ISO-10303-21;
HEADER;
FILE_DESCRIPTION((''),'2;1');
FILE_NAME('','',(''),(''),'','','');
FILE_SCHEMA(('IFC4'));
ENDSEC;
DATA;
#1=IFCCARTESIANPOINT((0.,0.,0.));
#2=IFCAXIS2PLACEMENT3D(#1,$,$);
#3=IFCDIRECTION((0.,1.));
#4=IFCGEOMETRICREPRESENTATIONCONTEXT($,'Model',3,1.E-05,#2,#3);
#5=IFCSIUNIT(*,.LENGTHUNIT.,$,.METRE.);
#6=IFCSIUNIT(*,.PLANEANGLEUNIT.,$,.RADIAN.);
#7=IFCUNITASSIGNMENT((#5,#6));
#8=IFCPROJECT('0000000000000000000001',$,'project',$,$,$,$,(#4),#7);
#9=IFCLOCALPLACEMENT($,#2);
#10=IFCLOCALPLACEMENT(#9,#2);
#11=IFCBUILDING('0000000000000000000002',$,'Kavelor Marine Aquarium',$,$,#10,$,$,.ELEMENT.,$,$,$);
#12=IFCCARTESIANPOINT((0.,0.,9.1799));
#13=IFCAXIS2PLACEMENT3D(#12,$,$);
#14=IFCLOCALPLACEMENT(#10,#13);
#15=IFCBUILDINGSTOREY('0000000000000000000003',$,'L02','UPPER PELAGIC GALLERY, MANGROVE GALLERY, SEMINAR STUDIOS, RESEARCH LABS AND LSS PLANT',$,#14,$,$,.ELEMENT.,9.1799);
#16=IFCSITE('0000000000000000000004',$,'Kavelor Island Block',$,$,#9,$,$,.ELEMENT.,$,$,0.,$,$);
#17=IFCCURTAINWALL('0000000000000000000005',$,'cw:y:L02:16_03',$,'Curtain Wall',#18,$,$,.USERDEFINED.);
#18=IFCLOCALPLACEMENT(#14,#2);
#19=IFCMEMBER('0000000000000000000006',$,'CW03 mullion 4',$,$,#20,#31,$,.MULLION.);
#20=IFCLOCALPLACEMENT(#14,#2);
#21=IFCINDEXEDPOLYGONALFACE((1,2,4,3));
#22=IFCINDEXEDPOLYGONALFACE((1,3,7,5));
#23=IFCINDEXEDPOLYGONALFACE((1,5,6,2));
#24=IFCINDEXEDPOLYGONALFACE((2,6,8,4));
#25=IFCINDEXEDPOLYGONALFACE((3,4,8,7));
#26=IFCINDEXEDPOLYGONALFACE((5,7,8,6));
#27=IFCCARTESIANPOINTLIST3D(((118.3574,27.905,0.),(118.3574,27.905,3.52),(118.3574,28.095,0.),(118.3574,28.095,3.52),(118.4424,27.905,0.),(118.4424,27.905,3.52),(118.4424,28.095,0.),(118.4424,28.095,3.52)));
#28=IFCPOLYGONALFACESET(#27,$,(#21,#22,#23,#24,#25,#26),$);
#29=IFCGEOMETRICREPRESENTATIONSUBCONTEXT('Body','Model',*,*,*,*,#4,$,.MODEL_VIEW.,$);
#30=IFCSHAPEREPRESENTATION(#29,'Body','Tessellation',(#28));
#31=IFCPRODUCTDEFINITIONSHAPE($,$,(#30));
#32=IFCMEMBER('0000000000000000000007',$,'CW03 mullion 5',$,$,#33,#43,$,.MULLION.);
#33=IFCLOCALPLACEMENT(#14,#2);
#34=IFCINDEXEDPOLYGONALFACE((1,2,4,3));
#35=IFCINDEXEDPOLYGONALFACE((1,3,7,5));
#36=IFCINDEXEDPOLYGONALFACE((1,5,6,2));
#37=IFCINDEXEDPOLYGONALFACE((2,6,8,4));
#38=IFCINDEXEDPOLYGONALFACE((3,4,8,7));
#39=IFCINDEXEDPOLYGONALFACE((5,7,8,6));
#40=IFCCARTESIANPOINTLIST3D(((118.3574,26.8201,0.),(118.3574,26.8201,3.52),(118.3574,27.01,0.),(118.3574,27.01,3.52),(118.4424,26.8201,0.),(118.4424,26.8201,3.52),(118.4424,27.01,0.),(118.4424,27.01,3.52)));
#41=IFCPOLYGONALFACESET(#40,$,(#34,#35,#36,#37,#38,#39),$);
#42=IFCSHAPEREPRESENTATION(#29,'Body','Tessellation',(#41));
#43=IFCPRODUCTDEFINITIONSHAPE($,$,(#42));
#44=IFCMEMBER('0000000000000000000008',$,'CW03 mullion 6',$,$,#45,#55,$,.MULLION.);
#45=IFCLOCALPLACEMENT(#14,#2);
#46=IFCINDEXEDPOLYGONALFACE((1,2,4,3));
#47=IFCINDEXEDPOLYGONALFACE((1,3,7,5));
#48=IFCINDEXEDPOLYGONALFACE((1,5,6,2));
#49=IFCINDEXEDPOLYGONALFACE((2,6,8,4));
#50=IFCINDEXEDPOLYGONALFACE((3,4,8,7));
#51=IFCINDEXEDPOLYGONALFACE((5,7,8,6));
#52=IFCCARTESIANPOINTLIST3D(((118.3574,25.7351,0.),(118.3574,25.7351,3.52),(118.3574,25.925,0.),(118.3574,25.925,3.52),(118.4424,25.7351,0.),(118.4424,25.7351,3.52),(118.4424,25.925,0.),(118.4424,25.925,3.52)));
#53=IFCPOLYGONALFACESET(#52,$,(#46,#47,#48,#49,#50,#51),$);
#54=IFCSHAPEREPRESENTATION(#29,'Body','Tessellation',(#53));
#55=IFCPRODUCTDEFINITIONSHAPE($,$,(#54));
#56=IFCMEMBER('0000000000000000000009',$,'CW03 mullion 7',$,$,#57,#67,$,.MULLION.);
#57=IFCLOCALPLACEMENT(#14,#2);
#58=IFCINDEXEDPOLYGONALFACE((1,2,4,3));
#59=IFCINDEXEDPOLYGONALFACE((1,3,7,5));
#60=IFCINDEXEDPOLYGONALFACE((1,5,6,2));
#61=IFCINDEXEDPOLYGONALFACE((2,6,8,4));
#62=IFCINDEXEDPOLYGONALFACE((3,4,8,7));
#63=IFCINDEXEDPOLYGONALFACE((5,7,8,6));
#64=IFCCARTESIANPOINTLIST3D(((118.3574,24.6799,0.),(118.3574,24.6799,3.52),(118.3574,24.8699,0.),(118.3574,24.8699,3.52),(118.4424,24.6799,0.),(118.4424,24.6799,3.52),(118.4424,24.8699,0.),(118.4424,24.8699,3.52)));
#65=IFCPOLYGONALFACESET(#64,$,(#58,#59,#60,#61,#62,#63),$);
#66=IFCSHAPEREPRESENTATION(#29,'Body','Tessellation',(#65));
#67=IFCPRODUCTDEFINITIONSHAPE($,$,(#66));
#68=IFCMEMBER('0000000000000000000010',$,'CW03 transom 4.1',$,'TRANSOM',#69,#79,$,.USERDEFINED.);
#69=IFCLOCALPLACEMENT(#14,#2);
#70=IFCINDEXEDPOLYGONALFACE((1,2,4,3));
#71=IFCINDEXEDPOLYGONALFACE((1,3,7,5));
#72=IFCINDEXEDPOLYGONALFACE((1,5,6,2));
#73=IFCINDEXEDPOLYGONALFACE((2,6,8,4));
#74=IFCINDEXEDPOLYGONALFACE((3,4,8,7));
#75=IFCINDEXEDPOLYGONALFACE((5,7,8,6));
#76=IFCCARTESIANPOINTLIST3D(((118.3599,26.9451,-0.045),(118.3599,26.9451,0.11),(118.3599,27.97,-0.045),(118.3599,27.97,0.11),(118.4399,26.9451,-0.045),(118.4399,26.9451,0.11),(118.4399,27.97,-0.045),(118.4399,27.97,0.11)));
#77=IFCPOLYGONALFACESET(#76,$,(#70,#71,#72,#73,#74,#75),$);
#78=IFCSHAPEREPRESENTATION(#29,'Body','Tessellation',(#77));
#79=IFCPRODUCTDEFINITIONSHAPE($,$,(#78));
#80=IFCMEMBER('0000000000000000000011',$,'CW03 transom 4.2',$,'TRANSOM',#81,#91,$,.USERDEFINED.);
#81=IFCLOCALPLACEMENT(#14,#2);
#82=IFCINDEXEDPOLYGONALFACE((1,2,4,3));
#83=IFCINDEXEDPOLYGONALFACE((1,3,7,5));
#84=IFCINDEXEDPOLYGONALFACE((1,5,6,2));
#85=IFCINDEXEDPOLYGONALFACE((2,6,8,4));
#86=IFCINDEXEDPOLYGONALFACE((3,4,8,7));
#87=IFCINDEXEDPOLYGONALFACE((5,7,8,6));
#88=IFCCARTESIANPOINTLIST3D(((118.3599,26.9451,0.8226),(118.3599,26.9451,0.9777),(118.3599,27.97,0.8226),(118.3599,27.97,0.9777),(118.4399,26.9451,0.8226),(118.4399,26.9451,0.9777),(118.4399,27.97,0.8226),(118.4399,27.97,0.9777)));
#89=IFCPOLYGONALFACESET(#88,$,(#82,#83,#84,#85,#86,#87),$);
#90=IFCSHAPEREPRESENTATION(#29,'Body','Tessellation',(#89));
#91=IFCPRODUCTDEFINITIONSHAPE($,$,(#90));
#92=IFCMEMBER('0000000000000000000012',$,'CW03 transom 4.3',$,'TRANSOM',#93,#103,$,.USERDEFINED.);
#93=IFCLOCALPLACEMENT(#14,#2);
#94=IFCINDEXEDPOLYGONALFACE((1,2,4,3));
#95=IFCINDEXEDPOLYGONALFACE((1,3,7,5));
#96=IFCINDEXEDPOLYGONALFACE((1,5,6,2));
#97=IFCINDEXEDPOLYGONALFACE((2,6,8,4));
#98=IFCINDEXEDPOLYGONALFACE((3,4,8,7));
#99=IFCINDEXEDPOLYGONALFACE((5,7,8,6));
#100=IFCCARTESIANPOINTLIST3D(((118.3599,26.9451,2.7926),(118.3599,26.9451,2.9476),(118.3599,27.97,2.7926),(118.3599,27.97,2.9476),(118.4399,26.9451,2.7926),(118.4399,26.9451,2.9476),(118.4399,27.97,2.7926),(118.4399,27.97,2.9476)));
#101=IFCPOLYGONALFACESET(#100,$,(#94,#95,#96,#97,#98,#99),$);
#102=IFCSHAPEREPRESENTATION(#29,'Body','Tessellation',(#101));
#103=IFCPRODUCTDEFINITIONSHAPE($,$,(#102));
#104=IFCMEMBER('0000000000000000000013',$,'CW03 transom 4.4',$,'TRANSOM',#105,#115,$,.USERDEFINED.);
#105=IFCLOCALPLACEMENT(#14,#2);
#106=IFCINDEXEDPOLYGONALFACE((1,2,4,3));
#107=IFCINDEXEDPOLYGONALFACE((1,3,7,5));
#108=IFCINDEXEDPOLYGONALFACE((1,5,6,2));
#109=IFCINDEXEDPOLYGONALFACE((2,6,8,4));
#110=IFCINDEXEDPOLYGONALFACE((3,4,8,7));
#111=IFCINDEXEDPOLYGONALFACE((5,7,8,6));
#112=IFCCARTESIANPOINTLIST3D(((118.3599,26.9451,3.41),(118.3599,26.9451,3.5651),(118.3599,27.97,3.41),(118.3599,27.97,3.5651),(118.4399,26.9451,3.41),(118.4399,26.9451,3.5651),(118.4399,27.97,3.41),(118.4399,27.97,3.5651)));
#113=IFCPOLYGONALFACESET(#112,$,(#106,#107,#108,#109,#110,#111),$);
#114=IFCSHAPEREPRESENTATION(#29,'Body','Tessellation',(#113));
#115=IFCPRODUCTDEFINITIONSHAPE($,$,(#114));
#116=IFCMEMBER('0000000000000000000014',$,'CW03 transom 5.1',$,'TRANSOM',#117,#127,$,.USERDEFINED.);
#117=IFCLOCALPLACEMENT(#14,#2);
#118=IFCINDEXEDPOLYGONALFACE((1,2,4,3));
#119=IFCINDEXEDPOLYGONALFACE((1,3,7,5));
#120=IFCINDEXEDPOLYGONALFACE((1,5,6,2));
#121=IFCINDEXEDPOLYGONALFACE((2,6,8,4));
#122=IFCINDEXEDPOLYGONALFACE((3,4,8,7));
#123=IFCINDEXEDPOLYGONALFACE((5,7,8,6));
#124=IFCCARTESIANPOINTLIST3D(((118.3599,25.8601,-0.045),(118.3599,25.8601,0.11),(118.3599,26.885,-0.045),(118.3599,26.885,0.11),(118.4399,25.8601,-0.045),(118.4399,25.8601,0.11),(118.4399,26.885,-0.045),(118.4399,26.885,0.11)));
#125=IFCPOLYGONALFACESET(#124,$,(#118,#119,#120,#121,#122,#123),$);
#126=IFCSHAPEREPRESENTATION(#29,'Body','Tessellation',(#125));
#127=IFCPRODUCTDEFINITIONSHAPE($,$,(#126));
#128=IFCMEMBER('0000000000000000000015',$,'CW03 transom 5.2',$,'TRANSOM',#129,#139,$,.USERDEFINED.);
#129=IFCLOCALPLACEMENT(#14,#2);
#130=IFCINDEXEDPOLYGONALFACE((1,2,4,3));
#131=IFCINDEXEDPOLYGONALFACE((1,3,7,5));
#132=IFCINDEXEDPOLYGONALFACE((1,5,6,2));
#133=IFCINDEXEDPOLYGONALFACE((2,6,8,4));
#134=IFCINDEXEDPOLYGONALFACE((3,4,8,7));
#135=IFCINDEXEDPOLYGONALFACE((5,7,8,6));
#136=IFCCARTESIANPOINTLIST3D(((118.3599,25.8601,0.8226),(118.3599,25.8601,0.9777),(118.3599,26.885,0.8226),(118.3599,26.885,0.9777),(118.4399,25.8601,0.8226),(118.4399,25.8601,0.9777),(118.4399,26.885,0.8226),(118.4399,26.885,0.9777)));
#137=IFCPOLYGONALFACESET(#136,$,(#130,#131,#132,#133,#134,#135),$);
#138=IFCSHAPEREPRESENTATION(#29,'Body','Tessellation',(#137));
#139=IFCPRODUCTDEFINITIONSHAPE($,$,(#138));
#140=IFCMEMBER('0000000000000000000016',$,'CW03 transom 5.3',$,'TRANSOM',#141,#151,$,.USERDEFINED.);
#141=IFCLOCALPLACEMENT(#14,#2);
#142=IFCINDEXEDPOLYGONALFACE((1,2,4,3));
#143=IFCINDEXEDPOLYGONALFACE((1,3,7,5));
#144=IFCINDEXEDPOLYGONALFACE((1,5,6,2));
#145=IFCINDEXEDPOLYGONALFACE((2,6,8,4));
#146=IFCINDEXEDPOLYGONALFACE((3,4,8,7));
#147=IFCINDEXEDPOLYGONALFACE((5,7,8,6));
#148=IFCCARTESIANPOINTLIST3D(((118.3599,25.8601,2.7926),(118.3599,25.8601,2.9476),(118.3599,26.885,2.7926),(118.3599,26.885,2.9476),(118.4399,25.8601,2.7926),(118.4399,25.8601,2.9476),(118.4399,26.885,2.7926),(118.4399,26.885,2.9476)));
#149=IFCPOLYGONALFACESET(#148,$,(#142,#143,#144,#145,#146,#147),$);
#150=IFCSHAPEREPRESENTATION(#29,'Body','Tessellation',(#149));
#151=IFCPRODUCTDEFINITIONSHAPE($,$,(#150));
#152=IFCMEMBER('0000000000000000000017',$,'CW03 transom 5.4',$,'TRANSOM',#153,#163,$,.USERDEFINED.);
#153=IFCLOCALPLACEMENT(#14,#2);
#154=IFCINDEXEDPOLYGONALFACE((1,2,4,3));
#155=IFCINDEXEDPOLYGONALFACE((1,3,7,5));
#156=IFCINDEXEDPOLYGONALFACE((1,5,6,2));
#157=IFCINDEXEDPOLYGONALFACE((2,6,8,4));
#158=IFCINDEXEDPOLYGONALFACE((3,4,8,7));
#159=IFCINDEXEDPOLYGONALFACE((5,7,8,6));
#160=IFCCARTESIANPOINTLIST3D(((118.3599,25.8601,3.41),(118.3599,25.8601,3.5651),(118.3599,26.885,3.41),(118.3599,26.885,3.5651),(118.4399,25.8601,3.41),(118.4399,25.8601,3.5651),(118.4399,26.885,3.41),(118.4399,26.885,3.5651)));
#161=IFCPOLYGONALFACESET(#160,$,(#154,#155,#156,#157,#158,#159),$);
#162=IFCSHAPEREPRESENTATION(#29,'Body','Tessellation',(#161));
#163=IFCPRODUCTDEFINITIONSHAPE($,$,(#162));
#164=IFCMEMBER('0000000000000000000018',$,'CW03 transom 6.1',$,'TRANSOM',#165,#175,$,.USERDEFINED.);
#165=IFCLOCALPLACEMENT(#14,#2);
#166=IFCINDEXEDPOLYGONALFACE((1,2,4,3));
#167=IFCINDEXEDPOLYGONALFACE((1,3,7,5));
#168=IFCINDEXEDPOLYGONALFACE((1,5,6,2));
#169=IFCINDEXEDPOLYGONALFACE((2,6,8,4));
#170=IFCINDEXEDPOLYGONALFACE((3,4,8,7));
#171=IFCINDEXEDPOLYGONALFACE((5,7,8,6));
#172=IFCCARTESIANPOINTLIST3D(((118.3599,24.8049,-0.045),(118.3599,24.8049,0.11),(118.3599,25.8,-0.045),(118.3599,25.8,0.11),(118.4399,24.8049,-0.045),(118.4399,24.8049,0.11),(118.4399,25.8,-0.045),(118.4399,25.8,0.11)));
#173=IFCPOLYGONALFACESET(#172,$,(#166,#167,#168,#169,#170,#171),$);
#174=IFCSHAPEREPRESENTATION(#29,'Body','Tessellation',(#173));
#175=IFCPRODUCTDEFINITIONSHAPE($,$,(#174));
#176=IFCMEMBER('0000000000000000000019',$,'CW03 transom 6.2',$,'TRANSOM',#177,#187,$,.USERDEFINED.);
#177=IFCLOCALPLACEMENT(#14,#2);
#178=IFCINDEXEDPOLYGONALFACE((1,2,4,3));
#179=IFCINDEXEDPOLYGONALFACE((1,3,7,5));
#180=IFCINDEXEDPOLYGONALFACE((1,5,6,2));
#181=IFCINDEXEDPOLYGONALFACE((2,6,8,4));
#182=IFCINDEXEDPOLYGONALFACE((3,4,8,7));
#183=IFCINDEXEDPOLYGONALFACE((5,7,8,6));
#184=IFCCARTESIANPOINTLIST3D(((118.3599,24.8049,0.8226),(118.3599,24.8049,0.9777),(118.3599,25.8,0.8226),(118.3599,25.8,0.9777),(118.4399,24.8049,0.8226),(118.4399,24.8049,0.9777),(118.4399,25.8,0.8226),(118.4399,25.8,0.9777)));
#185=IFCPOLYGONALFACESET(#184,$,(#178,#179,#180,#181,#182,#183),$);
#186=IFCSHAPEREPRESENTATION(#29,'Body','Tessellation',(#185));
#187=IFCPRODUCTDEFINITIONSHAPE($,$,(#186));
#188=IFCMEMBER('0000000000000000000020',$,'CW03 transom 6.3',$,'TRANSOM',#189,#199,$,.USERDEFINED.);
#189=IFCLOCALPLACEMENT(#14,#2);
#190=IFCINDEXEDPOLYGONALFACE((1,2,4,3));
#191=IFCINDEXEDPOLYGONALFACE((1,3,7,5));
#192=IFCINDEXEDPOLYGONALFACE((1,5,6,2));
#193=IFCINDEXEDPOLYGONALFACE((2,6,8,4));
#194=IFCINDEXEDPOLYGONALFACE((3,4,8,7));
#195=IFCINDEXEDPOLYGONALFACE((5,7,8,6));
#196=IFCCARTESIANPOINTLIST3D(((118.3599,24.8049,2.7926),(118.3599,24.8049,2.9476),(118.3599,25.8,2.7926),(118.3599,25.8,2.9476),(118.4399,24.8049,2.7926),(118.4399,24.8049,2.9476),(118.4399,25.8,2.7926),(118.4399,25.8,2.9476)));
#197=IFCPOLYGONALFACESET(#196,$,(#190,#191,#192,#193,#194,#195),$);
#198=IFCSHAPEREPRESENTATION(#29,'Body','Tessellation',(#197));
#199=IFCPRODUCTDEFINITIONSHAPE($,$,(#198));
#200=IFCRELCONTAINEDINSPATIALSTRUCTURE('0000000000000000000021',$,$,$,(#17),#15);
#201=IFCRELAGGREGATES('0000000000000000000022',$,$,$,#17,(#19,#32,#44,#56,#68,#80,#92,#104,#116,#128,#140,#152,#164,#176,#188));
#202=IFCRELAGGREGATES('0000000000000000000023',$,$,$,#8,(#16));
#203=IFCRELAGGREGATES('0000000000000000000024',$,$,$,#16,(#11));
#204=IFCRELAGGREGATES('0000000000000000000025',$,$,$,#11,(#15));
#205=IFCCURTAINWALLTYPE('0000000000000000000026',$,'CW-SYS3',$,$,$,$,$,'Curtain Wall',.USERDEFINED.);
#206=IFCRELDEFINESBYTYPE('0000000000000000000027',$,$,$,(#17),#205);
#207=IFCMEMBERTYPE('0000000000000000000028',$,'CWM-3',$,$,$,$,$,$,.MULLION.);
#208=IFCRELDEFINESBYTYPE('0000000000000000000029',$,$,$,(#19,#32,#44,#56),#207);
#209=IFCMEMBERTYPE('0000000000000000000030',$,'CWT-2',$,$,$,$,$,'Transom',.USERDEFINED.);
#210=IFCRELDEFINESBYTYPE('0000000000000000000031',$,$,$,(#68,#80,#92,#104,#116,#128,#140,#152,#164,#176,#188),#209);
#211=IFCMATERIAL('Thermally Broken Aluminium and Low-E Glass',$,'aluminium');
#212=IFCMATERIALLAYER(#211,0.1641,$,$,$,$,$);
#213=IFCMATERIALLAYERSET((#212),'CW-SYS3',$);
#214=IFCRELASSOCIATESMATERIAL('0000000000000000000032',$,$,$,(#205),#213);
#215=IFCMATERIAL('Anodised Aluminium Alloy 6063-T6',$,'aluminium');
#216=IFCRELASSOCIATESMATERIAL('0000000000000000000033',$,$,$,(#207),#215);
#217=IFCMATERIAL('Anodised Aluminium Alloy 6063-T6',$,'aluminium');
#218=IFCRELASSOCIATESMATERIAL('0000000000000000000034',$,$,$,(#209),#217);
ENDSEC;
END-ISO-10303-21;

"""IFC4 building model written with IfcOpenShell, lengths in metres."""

from ifc_helpers import new_model, si_unit, direction, frame, origin, origin_2d, place, context, subcontext, project, spatial, rectangle, extrude, material, layer, layer_set, material_profile, profile_set, type_object, element, aggregate, save


model = new_model("IFC4")

# Units and contexts
model_context = context("Model", 3, precision=1e-05, world=origin(), true_north=direction((0.0, 1.0)))
body_context = subcontext(model_context, "Body", "Model", "MODEL_VIEW")
ifc_project = project(units=[si_unit("LENGTHUNIT", "METRE"), si_unit("PLANEANGLEUNIT", "RADIAN")], contexts=[model_context])

# Site, building, storey
site_placement = place(None, origin())
site = spatial("IfcSite", under=ifc_project, at=site_placement, Name="Kavelor Island Block", CompositionType="ELEMENT", RefElevation=0.0)
building_placement = place(site_placement, origin())
building = spatial("IfcBuilding", under=site, at=building_placement, Name="Kavelor Marine Aquarium", CompositionType="ELEMENT")
storey_placement = place(building_placement, frame((0.0, 0.0, 9.1799)))
storey = spatial("IfcBuildingStorey", under=building, at=storey_placement, Name="L02", Description="UPPER PELAGIC GALLERY, MANGROVE GALLERY, SEMINAR STUDIOS, RESEARCH LABS AND LSS PLANT", CompositionType="ELEMENT", Elevation=9.1799)

# Curtain wall, members
ifc_material_1 = material(Name="Thermally Broken Aluminium and Low-E Glass", Category="aluminium")
ifc_layer_1 = layer(ifc_material_1, 0.1641)
ifc_layer_set_1 = layer_set([ifc_layer_1], Name="CW-SYS3")
curtain_wall_type = type_object("IfcCurtainWallType", Name="CW-SYS3", ElementType="Curtain Wall", PredefinedType="USERDEFINED", material=ifc_layer_set_1)
curtain_wall_placement = place(storey_placement, origin())
curtain_wall = element("IfcCurtainWall", 1, at=curtain_wall_placement, inside=storey, type_object=curtain_wall_type, Name="cw:y:L02:16_03", ObjectType="Curtain Wall", PredefinedType="USERDEFINED")
ifc_material_2 = material(Name="Anodised Aluminium Alloy 6063-T6", Category="aluminium")
ifc_material_profile_1 = material_profile(ifc_material_2, rectangle(XDim=0.085, YDim=0.1899, at=origin_2d()), Name="CW-MUL 85x190")
ifc_profile_set_1 = profile_set([ifc_material_profile_1], Name="Anodised Aluminium Alloy 6063-T6")
member_type_1 = type_object("IfcMemberType", Name="CWM-3", PredefinedType="MULLION", material=ifc_profile_set_1)
member_1_placement = place(storey_placement, frame((118.3999, 28.0, 0.0), z_axis=(0.0, 0.0, 1.0), x_axis=(1.0, 0.0, 0.0)))
member_1 = element("IfcMember", 2, at=member_1_placement, type_object=member_type_1, Name="CW03 mullion 4", PredefinedType="MULLION", context=body_context, shape_type="SweptSolid", body=[
    extrude(rectangle(XDim=0.085, YDim=0.1899, at=origin_2d()), origin(), (0.0, 0.0, 1.0), 3.52),
])
member_2_placement = place(storey_placement, frame((118.3999, 26.915, 0.0), z_axis=(0.0, 0.0, 1.0), x_axis=(1.0, 0.0, 0.0)))
member_2 = element("IfcMember", 3, at=member_2_placement, type_object=member_type_1, Name="CW03 mullion 5", PredefinedType="MULLION", context=body_context, shape_type="SweptSolid", body=[
    extrude(rectangle(XDim=0.085, YDim=0.1899, at=origin_2d()), origin(), (0.0, 0.0, 1.0), 3.52),
])
member_3_placement = place(storey_placement, frame((118.3999, 25.8301, 0.0), z_axis=(0.0, 0.0, 1.0), x_axis=(1.0, 0.0, 0.0)))
member_3 = element("IfcMember", 4, at=member_3_placement, type_object=member_type_1, Name="CW03 mullion 6", PredefinedType="MULLION", context=body_context, shape_type="SweptSolid", body=[
    extrude(rectangle(XDim=0.085, YDim=0.1899, at=origin_2d()), origin(), (0.0, 0.0, 1.0), 3.52),
])
member_4_placement = place(storey_placement, frame((118.3999, 24.7749, 0.0), z_axis=(0.0, 0.0, 1.0), x_axis=(1.0, 0.0, 0.0)))
member_4 = element("IfcMember", 5, at=member_4_placement, type_object=member_type_1, Name="CW03 mullion 7", PredefinedType="MULLION", context=body_context, shape_type="SweptSolid", body=[
    extrude(rectangle(XDim=0.085, YDim=0.1899, at=origin_2d()), origin(), (0.0, 0.0, 1.0), 3.52),
])
ifc_material_3 = material(Name="Anodised Aluminium Alloy 6063-T6", Category="aluminium")
ifc_material_profile_2 = material_profile(ifc_material_3, rectangle(XDim=0.0801, YDim=0.155, at=origin_2d()), Name="CW-TRN 80x155")
ifc_profile_set_2 = profile_set([ifc_material_profile_2], Name="Anodised Aluminium Alloy 6063-T6")
member_type_2 = type_object("IfcMemberType", Name="CWT-2", ElementType="Transom", PredefinedType="USERDEFINED", material=ifc_profile_set_2)
member_5_placement = place(storey_placement, frame((118.3999, 27.97, 0.0325), z_axis=(0.0, -1.0, 0.0), x_axis=(1.0, 0.0, 0.0)))
member_5 = element("IfcMember", 6, at=member_5_placement, type_object=member_type_2, Name="CW03 transom 4.1", ObjectType="TRANSOM", PredefinedType="USERDEFINED", context=body_context, shape_type="SweptSolid", body=[
    extrude(rectangle(XDim=0.0801, YDim=0.155, at=origin_2d()), origin(), (0.0, 0.0, 1.0), 1.0249),
])
member_6_placement = place(storey_placement, frame((118.3999, 27.97, 0.9001), z_axis=(0.0, -1.0, 0.0), x_axis=(1.0, 0.0, 0.0)))
member_6 = element("IfcMember", 7, at=member_6_placement, type_object=member_type_2, Name="CW03 transom 4.2", ObjectType="TRANSOM", PredefinedType="USERDEFINED", context=body_context, shape_type="SweptSolid", body=[
    extrude(rectangle(XDim=0.0801, YDim=0.155, at=origin_2d()), origin(), (0.0, 0.0, 1.0), 1.0249),
])
member_7_placement = place(storey_placement, frame((118.3999, 27.97, 2.8701), z_axis=(0.0, -1.0, 0.0), x_axis=(1.0, 0.0, 0.0)))
member_7 = element("IfcMember", 8, at=member_7_placement, type_object=member_type_2, Name="CW03 transom 4.3", ObjectType="TRANSOM", PredefinedType="USERDEFINED", context=body_context, shape_type="SweptSolid", body=[
    extrude(rectangle(XDim=0.0801, YDim=0.155, at=origin_2d()), origin(), (0.0, 0.0, 1.0), 1.0249),
])
member_8_placement = place(storey_placement, frame((118.3999, 27.97, 3.4875), z_axis=(0.0, -1.0, 0.0), x_axis=(1.0, 0.0, 0.0)))
member_8 = element("IfcMember", 9, at=member_8_placement, type_object=member_type_2, Name="CW03 transom 4.4", ObjectType="TRANSOM", PredefinedType="USERDEFINED", context=body_context, shape_type="SweptSolid", body=[
    extrude(rectangle(XDim=0.0801, YDim=0.155, at=origin_2d()), origin(), (0.0, 0.0, 1.0), 1.0249),
])
member_9_placement = place(storey_placement, frame((118.3999, 26.885, 0.0325), z_axis=(0.0, -1.0, 0.0), x_axis=(1.0, 0.0, 0.0)))
member_9 = element("IfcMember", 10, at=member_9_placement, type_object=member_type_2, Name="CW03 transom 5.1", ObjectType="TRANSOM", PredefinedType="USERDEFINED", context=body_context, shape_type="SweptSolid", body=[
    extrude(rectangle(XDim=0.0801, YDim=0.155, at=origin_2d()), origin(), (0.0, 0.0, 1.0), 1.0249),
])
member_10_placement = place(storey_placement, frame((118.3999, 26.885, 0.9001), z_axis=(0.0, -1.0, 0.0), x_axis=(1.0, 0.0, 0.0)))
member_10 = element("IfcMember", 11, at=member_10_placement, type_object=member_type_2, Name="CW03 transom 5.2", ObjectType="TRANSOM", PredefinedType="USERDEFINED", context=body_context, shape_type="SweptSolid", body=[
    extrude(rectangle(XDim=0.0801, YDim=0.155, at=origin_2d()), origin(), (0.0, 0.0, 1.0), 1.0249),
])
member_11_placement = place(storey_placement, frame((118.3999, 26.885, 2.8701), z_axis=(0.0, -1.0, 0.0), x_axis=(1.0, 0.0, 0.0)))
member_11 = element("IfcMember", 12, at=member_11_placement, type_object=member_type_2, Name="CW03 transom 5.3", ObjectType="TRANSOM", PredefinedType="USERDEFINED", context=body_context, shape_type="SweptSolid", body=[
    extrude(rectangle(XDim=0.0801, YDim=0.155, at=origin_2d()), origin(), (0.0, 0.0, 1.0), 1.0249),
])
member_12_placement = place(storey_placement, frame((118.3999, 26.885, 3.4875), z_axis=(0.0, -1.0, 0.0), x_axis=(1.0, 0.0, 0.0)))
member_12 = element("IfcMember", 13, at=member_12_placement, type_object=member_type_2, Name="CW03 transom 5.4", ObjectType="TRANSOM", PredefinedType="USERDEFINED", context=body_context, shape_type="SweptSolid", body=[
    extrude(rectangle(XDim=0.0801, YDim=0.155, at=origin_2d()), origin(), (0.0, 0.0, 1.0), 1.0249),
])
member_13_placement = place(storey_placement, frame((118.3999, 25.8, 0.0325), z_axis=(0.0, -1.0, 0.0), x_axis=(1.0, 0.0, 0.0)))
member_13 = element("IfcMember", 14, at=member_13_placement, type_object=member_type_2, Name="CW03 transom 6.1", ObjectType="TRANSOM", PredefinedType="USERDEFINED", context=body_context, shape_type="SweptSolid", body=[
    extrude(rectangle(XDim=0.0801, YDim=0.155, at=origin_2d()), origin(), (0.0, 0.0, 1.0), 0.9951),
])
member_14_placement = place(storey_placement, frame((118.3999, 25.8, 0.9001), z_axis=(0.0, -1.0, 0.0), x_axis=(1.0, 0.0, 0.0)))
member_14 = element("IfcMember", 15, at=member_14_placement, type_object=member_type_2, Name="CW03 transom 6.2", ObjectType="TRANSOM", PredefinedType="USERDEFINED", context=body_context, shape_type="SweptSolid", body=[
    extrude(rectangle(XDim=0.0801, YDim=0.155, at=origin_2d()), origin(), (0.0, 0.0, 1.0), 0.9951),
])
member_15_placement = place(storey_placement, frame((118.3999, 25.8, 2.8701), z_axis=(0.0, -1.0, 0.0), x_axis=(1.0, 0.0, 0.0)))
member_15 = element("IfcMember", 16, at=member_15_placement, type_object=member_type_2, Name="CW03 transom 6.3", ObjectType="TRANSOM", PredefinedType="USERDEFINED", context=body_context, shape_type="SweptSolid", body=[
    extrude(rectangle(XDim=0.0801, YDim=0.155, at=origin_2d()), origin(), (0.0, 0.0, 1.0), 0.9951),
])
aggregate(curtain_wall, [member_1, member_2, member_3, member_4, member_5, member_6, member_7, member_8, member_9, member_10, member_11, member_12, member_13, member_14, member_15])

save(model, "model.ifc")
